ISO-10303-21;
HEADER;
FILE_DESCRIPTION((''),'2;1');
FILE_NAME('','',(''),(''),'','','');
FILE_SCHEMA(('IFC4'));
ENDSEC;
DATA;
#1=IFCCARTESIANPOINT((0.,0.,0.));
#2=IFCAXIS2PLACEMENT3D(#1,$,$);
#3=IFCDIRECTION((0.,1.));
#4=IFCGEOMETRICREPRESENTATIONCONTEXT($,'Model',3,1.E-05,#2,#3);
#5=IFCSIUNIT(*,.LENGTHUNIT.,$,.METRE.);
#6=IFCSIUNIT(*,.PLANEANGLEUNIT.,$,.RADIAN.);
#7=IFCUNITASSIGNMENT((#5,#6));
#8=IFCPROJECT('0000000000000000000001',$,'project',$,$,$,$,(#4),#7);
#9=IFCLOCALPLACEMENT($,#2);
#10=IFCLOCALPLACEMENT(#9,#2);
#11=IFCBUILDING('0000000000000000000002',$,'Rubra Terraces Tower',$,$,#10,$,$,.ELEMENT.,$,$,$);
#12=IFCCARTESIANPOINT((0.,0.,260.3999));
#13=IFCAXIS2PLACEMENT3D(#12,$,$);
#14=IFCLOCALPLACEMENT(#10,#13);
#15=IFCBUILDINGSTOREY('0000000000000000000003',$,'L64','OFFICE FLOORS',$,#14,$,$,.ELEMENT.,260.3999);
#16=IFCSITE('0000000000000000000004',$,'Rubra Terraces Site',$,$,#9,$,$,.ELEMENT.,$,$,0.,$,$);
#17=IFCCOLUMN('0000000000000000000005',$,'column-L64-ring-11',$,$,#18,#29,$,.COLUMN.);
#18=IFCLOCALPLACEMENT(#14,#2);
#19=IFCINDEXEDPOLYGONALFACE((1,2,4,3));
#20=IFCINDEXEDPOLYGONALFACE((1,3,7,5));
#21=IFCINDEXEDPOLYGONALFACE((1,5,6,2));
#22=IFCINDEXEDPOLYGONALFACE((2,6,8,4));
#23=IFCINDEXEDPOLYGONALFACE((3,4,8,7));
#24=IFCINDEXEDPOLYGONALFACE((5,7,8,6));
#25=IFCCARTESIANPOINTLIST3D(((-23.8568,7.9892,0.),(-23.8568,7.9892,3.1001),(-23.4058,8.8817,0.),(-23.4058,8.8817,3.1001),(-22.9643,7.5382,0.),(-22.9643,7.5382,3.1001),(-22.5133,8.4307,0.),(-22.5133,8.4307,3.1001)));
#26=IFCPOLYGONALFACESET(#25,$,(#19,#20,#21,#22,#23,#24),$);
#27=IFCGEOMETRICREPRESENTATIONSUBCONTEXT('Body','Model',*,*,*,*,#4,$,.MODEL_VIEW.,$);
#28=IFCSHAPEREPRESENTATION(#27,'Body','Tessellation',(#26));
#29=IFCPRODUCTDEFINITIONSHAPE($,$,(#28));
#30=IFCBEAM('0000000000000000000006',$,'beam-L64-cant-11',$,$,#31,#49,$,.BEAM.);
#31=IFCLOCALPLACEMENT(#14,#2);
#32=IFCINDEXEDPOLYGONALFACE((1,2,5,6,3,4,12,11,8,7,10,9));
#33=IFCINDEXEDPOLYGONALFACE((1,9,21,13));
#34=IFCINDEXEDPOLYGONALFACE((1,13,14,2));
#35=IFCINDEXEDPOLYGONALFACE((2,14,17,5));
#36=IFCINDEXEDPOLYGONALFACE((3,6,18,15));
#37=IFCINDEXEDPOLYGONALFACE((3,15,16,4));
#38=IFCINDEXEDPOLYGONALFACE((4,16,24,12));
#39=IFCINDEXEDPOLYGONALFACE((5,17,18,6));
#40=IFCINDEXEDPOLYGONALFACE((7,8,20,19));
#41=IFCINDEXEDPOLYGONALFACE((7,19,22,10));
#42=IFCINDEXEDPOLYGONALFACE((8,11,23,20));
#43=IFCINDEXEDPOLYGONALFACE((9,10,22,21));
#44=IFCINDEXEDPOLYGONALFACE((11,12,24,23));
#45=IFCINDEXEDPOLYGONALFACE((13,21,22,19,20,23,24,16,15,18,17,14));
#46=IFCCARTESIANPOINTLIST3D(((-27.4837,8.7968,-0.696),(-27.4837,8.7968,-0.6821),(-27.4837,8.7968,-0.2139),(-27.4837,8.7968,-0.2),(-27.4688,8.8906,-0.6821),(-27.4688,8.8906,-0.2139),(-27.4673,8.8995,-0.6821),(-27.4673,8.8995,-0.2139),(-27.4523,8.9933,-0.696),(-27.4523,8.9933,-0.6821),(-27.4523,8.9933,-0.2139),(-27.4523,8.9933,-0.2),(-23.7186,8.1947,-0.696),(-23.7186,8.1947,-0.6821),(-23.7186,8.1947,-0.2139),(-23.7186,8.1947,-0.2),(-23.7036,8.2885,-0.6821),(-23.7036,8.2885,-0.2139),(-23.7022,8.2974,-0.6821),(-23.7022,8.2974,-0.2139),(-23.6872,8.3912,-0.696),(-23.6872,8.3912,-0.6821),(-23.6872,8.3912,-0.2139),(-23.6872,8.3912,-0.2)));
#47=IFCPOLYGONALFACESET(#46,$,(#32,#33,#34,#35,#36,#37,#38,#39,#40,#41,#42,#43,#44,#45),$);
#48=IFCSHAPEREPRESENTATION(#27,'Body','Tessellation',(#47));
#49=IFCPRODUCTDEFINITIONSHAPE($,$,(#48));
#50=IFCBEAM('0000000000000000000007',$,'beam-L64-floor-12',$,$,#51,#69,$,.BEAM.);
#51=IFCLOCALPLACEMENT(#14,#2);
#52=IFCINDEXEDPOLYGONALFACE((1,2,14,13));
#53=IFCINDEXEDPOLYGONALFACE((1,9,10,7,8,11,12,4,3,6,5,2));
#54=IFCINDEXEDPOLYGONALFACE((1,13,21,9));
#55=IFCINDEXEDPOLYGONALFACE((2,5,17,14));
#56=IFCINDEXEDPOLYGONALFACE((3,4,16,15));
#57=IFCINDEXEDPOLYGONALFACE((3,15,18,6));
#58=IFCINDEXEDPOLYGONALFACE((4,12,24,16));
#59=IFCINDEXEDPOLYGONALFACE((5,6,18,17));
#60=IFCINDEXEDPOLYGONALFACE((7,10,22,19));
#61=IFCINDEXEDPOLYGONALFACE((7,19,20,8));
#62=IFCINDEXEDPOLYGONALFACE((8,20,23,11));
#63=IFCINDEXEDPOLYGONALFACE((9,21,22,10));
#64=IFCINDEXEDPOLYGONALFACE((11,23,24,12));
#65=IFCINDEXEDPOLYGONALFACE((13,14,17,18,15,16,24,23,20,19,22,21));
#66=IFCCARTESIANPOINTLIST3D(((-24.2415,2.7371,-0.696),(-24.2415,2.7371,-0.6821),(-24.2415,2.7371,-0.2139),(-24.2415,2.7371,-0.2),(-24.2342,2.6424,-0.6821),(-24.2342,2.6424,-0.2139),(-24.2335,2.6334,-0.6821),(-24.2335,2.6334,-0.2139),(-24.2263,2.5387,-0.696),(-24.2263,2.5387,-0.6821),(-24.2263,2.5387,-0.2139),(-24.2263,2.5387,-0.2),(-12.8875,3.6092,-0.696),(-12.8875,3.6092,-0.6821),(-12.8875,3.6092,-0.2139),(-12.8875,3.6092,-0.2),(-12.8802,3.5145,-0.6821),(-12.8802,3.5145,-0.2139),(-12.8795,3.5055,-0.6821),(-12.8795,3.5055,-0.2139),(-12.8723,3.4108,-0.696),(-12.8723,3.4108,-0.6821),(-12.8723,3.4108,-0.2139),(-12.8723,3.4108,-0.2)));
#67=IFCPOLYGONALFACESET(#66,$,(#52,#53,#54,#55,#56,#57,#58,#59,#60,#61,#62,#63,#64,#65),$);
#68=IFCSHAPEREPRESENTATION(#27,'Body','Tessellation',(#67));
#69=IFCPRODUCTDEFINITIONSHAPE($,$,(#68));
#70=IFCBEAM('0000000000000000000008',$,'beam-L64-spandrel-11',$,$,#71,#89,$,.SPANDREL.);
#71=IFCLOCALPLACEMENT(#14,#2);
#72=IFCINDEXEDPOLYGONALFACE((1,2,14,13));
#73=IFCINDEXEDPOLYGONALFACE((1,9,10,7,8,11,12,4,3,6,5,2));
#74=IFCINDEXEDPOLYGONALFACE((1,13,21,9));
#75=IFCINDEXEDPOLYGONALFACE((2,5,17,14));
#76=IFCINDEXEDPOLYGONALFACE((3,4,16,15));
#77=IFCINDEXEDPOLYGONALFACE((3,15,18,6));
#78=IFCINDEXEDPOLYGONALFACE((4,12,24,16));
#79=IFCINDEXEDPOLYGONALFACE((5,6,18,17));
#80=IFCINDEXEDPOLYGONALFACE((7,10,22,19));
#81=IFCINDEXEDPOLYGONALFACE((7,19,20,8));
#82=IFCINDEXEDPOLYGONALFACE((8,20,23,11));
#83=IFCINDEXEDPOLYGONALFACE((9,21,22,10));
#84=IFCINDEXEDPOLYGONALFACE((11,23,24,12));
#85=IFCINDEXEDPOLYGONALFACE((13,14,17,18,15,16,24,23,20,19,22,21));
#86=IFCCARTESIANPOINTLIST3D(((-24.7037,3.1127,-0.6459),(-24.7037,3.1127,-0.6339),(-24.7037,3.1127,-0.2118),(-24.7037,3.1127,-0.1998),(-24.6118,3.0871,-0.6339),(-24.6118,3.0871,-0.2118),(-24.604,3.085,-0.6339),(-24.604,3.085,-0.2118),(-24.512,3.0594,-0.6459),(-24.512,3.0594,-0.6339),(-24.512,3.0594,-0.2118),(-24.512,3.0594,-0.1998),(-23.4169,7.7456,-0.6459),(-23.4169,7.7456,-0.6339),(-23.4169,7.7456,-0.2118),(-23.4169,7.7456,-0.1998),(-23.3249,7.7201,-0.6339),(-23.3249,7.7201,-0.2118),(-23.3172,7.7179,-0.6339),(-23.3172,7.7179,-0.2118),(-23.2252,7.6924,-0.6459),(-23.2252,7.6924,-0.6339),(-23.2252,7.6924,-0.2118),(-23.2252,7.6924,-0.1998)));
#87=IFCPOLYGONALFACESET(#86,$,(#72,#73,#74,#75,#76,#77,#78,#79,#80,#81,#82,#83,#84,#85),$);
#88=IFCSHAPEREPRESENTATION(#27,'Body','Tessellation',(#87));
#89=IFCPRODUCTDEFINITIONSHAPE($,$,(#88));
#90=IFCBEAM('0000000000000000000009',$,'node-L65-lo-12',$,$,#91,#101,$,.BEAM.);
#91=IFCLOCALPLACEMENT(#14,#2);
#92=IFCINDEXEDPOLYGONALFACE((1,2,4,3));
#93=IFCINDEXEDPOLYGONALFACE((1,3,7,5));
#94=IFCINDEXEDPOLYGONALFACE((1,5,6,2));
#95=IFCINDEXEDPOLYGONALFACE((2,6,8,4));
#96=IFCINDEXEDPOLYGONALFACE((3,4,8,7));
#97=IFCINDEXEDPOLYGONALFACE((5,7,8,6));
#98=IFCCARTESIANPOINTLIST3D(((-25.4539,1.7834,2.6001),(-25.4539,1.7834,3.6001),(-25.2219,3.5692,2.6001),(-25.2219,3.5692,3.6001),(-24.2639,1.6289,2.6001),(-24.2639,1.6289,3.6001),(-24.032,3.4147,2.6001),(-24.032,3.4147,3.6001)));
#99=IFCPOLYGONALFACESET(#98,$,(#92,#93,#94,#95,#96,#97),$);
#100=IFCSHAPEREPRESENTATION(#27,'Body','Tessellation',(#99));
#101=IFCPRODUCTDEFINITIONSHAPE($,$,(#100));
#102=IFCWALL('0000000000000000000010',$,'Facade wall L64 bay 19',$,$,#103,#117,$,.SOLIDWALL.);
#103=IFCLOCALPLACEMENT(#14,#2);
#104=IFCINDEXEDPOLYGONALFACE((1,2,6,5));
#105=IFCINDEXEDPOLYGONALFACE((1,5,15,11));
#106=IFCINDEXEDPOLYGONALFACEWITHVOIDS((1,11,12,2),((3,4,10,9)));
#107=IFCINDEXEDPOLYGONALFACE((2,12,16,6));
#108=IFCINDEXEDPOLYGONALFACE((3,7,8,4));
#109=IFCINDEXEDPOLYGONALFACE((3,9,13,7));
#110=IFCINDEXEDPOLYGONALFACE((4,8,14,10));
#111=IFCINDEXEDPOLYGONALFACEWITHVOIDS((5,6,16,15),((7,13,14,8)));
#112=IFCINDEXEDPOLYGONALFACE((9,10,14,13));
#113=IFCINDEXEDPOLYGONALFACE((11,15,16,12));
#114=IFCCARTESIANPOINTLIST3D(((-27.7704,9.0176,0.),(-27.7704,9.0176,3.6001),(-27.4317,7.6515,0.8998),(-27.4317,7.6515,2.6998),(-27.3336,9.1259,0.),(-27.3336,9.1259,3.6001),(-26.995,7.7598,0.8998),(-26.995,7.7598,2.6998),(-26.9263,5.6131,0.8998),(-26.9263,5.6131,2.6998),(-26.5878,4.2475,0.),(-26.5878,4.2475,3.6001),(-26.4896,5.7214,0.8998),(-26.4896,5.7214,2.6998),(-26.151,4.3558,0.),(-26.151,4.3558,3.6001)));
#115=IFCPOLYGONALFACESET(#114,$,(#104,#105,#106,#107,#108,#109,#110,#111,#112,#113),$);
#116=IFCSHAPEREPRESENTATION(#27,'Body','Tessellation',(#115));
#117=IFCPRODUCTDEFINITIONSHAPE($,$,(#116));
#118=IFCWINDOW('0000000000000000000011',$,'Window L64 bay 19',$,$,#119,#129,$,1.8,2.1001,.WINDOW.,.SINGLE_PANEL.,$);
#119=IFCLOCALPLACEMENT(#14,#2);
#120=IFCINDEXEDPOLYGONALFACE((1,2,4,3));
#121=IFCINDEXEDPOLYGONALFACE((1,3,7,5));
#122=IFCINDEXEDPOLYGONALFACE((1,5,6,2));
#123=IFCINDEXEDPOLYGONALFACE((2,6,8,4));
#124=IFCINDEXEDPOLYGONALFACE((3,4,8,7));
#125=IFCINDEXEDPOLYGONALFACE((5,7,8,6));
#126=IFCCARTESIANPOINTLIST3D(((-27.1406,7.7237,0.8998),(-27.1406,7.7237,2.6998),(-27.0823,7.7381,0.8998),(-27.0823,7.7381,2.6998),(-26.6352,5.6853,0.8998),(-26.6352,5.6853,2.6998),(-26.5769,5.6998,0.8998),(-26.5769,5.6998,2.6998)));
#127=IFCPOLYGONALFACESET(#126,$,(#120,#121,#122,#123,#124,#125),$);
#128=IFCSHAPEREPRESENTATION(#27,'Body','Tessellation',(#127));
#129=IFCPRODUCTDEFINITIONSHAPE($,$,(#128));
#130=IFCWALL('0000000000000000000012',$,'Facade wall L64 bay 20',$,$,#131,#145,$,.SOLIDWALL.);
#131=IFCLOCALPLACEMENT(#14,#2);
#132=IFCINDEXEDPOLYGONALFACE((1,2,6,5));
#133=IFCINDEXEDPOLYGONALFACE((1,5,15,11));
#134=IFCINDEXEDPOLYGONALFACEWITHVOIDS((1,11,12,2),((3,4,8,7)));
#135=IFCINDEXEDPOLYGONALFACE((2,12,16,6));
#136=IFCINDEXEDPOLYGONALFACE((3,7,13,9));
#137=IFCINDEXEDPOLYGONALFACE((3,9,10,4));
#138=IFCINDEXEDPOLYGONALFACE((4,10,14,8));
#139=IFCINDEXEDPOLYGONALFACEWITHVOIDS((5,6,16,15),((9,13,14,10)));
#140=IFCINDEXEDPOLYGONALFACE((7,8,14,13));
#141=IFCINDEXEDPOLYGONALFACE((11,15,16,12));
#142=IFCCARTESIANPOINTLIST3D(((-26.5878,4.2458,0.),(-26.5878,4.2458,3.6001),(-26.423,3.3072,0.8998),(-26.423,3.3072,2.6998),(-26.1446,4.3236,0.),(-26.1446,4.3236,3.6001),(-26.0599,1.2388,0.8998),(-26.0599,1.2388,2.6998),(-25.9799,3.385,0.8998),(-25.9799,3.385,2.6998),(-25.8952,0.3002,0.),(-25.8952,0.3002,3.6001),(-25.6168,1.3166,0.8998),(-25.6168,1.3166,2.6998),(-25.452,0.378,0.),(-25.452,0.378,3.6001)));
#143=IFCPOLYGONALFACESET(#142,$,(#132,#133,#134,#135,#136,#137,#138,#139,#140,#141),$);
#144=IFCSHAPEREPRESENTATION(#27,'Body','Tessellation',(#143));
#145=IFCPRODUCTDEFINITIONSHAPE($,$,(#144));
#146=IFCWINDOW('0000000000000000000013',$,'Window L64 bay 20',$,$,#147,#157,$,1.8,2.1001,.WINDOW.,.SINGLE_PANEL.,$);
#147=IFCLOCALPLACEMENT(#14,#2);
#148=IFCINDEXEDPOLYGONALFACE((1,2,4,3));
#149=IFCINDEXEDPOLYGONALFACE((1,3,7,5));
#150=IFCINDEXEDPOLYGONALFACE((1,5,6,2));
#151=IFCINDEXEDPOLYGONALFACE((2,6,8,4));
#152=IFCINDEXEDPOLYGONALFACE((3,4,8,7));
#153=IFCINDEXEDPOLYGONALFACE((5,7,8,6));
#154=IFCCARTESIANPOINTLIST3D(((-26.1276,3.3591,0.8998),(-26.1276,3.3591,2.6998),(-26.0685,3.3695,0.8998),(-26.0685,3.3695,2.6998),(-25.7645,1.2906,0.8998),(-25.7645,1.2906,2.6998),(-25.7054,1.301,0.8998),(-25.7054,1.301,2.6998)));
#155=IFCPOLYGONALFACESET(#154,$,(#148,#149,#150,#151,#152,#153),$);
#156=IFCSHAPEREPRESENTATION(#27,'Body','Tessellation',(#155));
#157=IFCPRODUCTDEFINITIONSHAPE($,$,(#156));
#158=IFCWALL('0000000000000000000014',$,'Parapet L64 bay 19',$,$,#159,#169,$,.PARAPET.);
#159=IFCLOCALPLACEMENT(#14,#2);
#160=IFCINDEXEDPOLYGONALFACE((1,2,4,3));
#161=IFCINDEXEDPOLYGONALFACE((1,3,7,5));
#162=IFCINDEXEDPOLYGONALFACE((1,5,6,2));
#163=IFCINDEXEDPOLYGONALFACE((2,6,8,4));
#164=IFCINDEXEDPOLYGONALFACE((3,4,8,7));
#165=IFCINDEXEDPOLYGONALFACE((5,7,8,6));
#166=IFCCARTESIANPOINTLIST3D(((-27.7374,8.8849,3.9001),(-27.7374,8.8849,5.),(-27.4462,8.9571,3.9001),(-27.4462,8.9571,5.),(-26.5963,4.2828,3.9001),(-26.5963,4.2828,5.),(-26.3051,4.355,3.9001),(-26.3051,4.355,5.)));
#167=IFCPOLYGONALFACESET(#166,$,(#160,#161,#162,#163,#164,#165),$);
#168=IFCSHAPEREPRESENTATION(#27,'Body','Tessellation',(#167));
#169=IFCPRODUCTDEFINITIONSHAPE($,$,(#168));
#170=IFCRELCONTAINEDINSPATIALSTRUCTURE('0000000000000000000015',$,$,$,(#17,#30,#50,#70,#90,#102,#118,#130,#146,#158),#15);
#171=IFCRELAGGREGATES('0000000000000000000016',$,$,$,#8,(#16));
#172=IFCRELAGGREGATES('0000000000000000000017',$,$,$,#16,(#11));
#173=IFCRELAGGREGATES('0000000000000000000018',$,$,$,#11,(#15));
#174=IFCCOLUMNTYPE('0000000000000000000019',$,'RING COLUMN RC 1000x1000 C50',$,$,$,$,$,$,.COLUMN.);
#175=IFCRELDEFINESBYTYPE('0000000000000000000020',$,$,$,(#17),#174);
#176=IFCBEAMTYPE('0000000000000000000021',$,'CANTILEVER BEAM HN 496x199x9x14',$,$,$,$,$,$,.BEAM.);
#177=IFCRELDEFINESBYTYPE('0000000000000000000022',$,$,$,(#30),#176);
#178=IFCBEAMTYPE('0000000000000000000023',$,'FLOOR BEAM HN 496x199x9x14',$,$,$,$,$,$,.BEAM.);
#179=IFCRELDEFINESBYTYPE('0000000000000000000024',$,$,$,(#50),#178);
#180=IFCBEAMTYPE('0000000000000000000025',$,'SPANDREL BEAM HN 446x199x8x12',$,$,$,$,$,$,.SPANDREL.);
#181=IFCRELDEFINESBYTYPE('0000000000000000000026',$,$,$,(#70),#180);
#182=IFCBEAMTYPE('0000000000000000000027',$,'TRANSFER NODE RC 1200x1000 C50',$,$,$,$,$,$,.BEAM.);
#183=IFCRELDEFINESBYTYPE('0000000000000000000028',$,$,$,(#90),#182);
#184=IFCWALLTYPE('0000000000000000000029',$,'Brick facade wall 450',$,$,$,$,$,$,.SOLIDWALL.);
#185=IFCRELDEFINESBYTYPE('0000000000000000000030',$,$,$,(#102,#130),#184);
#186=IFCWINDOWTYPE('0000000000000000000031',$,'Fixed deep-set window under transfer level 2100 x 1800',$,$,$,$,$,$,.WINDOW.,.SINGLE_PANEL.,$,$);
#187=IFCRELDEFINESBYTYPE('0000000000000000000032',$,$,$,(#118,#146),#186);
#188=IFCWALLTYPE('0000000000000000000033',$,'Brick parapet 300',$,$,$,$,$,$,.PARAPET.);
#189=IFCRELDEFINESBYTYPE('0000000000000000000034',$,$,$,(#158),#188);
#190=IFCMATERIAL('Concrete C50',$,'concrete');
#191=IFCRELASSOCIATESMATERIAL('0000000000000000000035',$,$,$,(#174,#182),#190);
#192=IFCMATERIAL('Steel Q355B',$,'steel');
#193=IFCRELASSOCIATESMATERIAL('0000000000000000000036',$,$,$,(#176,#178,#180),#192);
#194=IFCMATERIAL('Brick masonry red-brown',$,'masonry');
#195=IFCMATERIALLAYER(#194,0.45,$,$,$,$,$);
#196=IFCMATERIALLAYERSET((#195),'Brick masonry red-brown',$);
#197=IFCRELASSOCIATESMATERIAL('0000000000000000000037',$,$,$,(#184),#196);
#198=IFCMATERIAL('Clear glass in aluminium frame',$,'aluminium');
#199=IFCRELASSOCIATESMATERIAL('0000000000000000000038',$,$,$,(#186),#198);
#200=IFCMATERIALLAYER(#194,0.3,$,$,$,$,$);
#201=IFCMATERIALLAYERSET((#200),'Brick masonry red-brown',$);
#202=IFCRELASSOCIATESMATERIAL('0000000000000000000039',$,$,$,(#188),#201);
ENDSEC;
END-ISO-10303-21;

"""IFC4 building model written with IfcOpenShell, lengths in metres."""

from ifc_helpers import new_model, si_unit, direction, frame, frame_2d, origin, origin_2d, place, context, subcontext, project, spatial, rectangle, i_section, extrude, material, layer, layer_set, material_profile, profile_set, type_object, element, fill, save


model = new_model("IFC4")

# Units and contexts
model_context = context("Model", 3, precision=1e-05, world=origin(), true_north=direction((0.0, 1.0)))
body_context = subcontext(model_context, "Body", "Model", "MODEL_VIEW")
ifc_project = project(units=[si_unit("LENGTHUNIT", "METRE"), si_unit("PLANEANGLEUNIT", "RADIAN")], contexts=[model_context])

# Site, building, storey
site_placement = place(None, origin())
site = spatial("IfcSite", under=ifc_project, at=site_placement, Name="Rubra Terraces Site", CompositionType="ELEMENT", RefElevation=0.0)
building_placement = place(site_placement, origin())
building = spatial("IfcBuilding", under=site, at=building_placement, Name="Rubra Terraces Tower", CompositionType="ELEMENT")
storey_placement = place(building_placement, frame((0.0, 0.0, 260.3999)))
storey = spatial("IfcBuildingStorey", under=building, at=storey_placement, Name="L64", Description="OFFICE FLOORS", CompositionType="ELEMENT", Elevation=260.3999)

# Column
ifc_material_1 = material(Name="Concrete C50", Category="concrete")
ifc_material_profile_1 = material_profile(ifc_material_1, rectangle(XDim=1.0, YDim=1.0, at=origin_2d()), Name="RC 1000x1000")
ifc_profile_set_1 = profile_set([ifc_material_profile_1], Name="Concrete C50")
column_type = type_object("IfcColumnType", Name="RING COLUMN RC 1000x1000 C50", PredefinedType="COLUMN", material=ifc_profile_set_1)
column_placement = place(storey_placement, frame((-23.1851, 8.21, 0.0), z_axis=(0.0, 0.0, 1.0), x_axis=(-0.451028, -0.89251, 0.0)))
element("IfcColumn", 1, at=column_placement, inside=storey, type_object=column_type, Name="column-L64-ring-11", PredefinedType="COLUMN", context=body_context, shape_type="SweptSolid", body=[
    extrude(rectangle(XDim=1.0, YDim=1.0, at=origin_2d()), origin(), (0.0, 0.0, 1.0), 3.1001),
])

# Beams
ifc_material_2 = material(Name="Steel Q355B", Category="steel")
ifc_material_profile_2 = material_profile(ifc_material_2, i_section(OverallWidth=0.199, OverallDepth=0.4961, WebThickness=0.009, FlangeThickness=0.0139, at=origin_2d()), Name="HN 496x199x9x14")
ifc_profile_set_2 = profile_set([ifc_material_profile_2], Name="Steel Q355B")
beam_type_1 = type_object("IfcBeamType", Name="CANTILEVER BEAM HN 496x199x9x14", PredefinedType="BEAM", material=ifc_profile_set_2)
beam_1_placement = place(storey_placement, frame((-23.7029, 8.293, -0.448), z_axis=(-0.987456, 0.157896, 0.0), x_axis=(-0.157896, -0.987456, 0.0)))
element("IfcBeam", 2, at=beam_1_placement, inside=storey, type_object=beam_type_1, Name="beam-L64-cant-11", PredefinedType="BEAM", context=body_context, shape_type="SweptSolid", body=[
    extrude(i_section(OverallWidth=0.199, OverallDepth=0.4961, WebThickness=0.009, FlangeThickness=0.0139, at=origin_2d()), origin(), (0.0, 0.0, 1.0), 3.813),
])
ifc_material_profile_3 = material_profile(ifc_material_2, i_section(OverallWidth=0.199, OverallDepth=0.4961, WebThickness=0.009, FlangeThickness=0.0139, at=origin_2d()), Name="HN 496x199x9x14")
ifc_profile_set_3 = profile_set([ifc_material_profile_3], Name="Steel Q355B")
beam_type_2 = type_object("IfcBeamType", Name="FLOOR BEAM HN 496x199x9x14", PredefinedType="BEAM", material=ifc_profile_set_3)
beam_2_placement = place(storey_placement, frame((-24.2339, 2.6379, -0.448), z_axis=(0.997063, 0.076582, 0.0), x_axis=(-0.076582, 0.997063, 0.0)))
element("IfcBeam", 3, at=beam_2_placement, inside=storey, type_object=beam_type_2, Name="beam-L64-floor-12", PredefinedType="BEAM", context=body_context, shape_type="SweptSolid", body=[
    extrude(i_section(OverallWidth=0.199, OverallDepth=0.4961, WebThickness=0.009, FlangeThickness=0.0139, at=origin_2d()), origin(), (0.0, 0.0, 1.0), 11.3875),
])
ifc_material_profile_4 = material_profile(ifc_material_2, i_section(OverallWidth=0.199, OverallDepth=0.446, WebThickness=0.0081, FlangeThickness=0.012, at=origin_2d()), Name="HN 446x199x8x12")
ifc_profile_set_4 = profile_set([ifc_material_profile_4], Name="Steel Q355B")
beam_type_3 = type_object("IfcBeamType", Name="SPANDREL BEAM HN 446x199x8x12", PredefinedType="SPANDREL", material=ifc_profile_set_4)
beam_3_placement = place(storey_placement, frame((-23.321, 7.719, -0.4229), z_axis=(-0.267626, -0.963523, 0.0), x_axis=(0.963523, -0.267626, 0.0)))
element("IfcBeam", 4, at=beam_3_placement, inside=storey, type_object=beam_type_3, Name="beam-L64-spandrel-11", PredefinedType="SPANDREL", context=body_context, shape_type="SweptSolid", body=[
    extrude(i_section(OverallWidth=0.199, OverallDepth=0.446, WebThickness=0.0081, FlangeThickness=0.012, at=origin_2d()), origin(), (0.0, 0.0, 1.0), 4.8083),
])
ifc_material_profile_5 = material_profile(ifc_material_1, rectangle(XDim=1.2, YDim=1.0, at=origin_2d()), Name="RC 1200x1000")
ifc_profile_set_5 = profile_set([ifc_material_profile_5], Name="Concrete C50")
beam_type_4 = type_object("IfcBeamType", Name="TRANSFER NODE RC 1200x1000 C50", PredefinedType="BEAM", material=ifc_profile_set_5)
beam_4_placement = place(storey_placement, frame((-24.627, 3.4919, 3.1001), z_axis=(-0.128789, -0.991672, 0.0), x_axis=(0.991672, -0.128789, 0.0)))
element("IfcBeam", 5, at=beam_4_placement, inside=storey, type_object=beam_type_4, Name="node-L65-lo-12", PredefinedType="BEAM", context=body_context, shape_type="SweptSolid", body=[
    extrude(rectangle(XDim=1.2, YDim=1.0, at=origin_2d()), origin(), (0.0, 0.0, 1.0), 1.8008),
])

# Walls, openings, windows
ifc_material_3 = material(Name="Brick masonry red-brown", Category="masonry")
ifc_layer_1 = layer(ifc_material_3, 0.45)
ifc_layer_set_1 = layer_set([ifc_layer_1], Name="Brick masonry red-brown")
wall_type_1 = type_object("IfcWallType", Name="Brick facade wall 450", PredefinedType="SOLIDWALL", material=ifc_layer_set_1)
wall_1_placement = place(storey_placement, frame((-27.552, 9.0718, 0.0), z_axis=(0.0, 0.0, 1.0), x_axis=(0.24063, -0.970617, 0.0)))
wall_1 = element("IfcWall", 6, at=wall_1_placement, inside=storey, type_object=wall_type_1, Name="Facade wall L64 bay 19", PredefinedType="SOLIDWALL", context=body_context, shape_type="SweptSolid", body=[
    extrude(rectangle(XDim=4.9146, YDim=0.45, at=frame_2d((2.4573, 0.0))), origin(), (0.0, 0.0, 1.0), 3.6001),
])
opening_1_placement = place(wall_1_placement, frame((1.4075, 0.0, 0.8999)))
opening_1 = element("IfcOpeningElement", 7, at=opening_1_placement, cuts=wall_1, PredefinedType="OPENING", context=body_context, shape_type="SweptSolid", body=[
    extrude(rectangle(XDim=2.1001, YDim=1.8, at=frame_2d((1.05, 0.8999))), frame((0.0, 0.2349, 0.0), z_axis=(0.0, -1.0, 0.0), x_axis=(1.0, 0.0, 0.0)), (0.0, 0.0, 1.0), 0.47),
])
ifc_material_4 = material(Name="Clear glass in aluminium frame", Category="aluminium")
window_type = type_object("IfcWindowType", Name="Fixed deep-set window under transfer level 2100 x 1800", PartitioningType="SINGLE_PANEL", PredefinedType="WINDOW", material=ifc_material_4)
window_1_placement = place(opening_1_placement, origin())
window_1 = element("IfcWindow", 8, at=window_1_placement, inside=storey, type_object=window_type, Name="Window L64 bay 19", OverallHeight=1.8, OverallWidth=2.1001, PartitioningType="SINGLE_PANEL", PredefinedType="WINDOW", context=body_context, shape_type="SweptSolid", body=[
    extrude(rectangle(XDim=2.1001, YDim=1.8, at=frame_2d((1.05, 0.8999))), frame((0.0, 0.135, 0.0), z_axis=(0.0, -1.0, 0.0), x_axis=(1.0, 0.0, 0.0)), (0.0, 0.0, 1.0), 0.0601),
])
fill(opening_1, window_1)
wall_2_placement = place(storey_placement, frame((-26.3662, 4.2847, 0.0), z_axis=(0.0, 0.0, 1.0), x_axis=(0.172902, -0.984939, 0.0)))
wall_2 = element("IfcWall", 9, at=wall_2_placement, inside=storey, type_object=wall_type_1, Name="Facade wall L64 bay 20", PredefinedType="SOLIDWALL", context=body_context, shape_type="SweptSolid", body=[
    extrude(rectangle(XDim=4.0059, YDim=0.45, at=frame_2d((2.0029, 0.0))), origin(), (0.0, 0.0, 1.0), 3.6001),
])
opening_2_placement = place(wall_2_placement, frame((0.9529, 0.0, 0.8999)))
opening_2 = element("IfcOpeningElement", 10, at=opening_2_placement, cuts=wall_2, PredefinedType="OPENING", context=body_context, shape_type="SweptSolid", body=[
    extrude(rectangle(XDim=2.1001, YDim=1.8, at=frame_2d((1.05, 0.8999))), frame((0.0, 0.2349, 0.0), z_axis=(0.0, -1.0, 0.0), x_axis=(1.0, 0.0, 0.0)), (0.0, 0.0, 1.0), 0.47),
])
window_2_placement = place(opening_2_placement, origin())
window_2 = element("IfcWindow", 11, at=window_2_placement, inside=storey, type_object=window_type, Name="Window L64 bay 20", OverallHeight=1.8, OverallWidth=2.1001, PartitioningType="SINGLE_PANEL", PredefinedType="WINDOW", context=body_context, shape_type="SweptSolid", body=[
    extrude(rectangle(XDim=2.1001, YDim=1.8, at=frame_2d((1.05, 0.8999))), frame((0.0, 0.135, 0.0), z_axis=(0.0, -1.0, 0.0), x_axis=(1.0, 0.0, 0.0)), (0.0, 0.0, 1.0), 0.0601),
])
fill(opening_2, window_2)

# Wall
ifc_layer_2 = layer(ifc_material_3, 0.3)
ifc_layer_set_2 = layer_set([ifc_layer_2], Name="Brick masonry red-brown")
wall_type_2 = type_object("IfcWallType", Name="Brick parapet 300", PredefinedType="PARAPET", material=ifc_layer_set_2)
wall_3_placement = place(storey_placement, frame((-27.5918, 8.9209, 3.9001), z_axis=(0.0, 0.0, 1.0), x_axis=(0.240669, -0.970607, 0.0)))
element("IfcWall", 12, at=wall_3_placement, inside=storey, type_object=wall_type_2, Name="Parapet L64 bay 19", PredefinedType="PARAPET", context=body_context, shape_type="SweptSolid", body=[
    extrude(rectangle(XDim=4.7415, YDim=0.3, at=frame_2d((2.3706, 0.0))), origin(), (0.0, 0.0, 1.0), 1.0999),
])

save(model, "model.ifc")
